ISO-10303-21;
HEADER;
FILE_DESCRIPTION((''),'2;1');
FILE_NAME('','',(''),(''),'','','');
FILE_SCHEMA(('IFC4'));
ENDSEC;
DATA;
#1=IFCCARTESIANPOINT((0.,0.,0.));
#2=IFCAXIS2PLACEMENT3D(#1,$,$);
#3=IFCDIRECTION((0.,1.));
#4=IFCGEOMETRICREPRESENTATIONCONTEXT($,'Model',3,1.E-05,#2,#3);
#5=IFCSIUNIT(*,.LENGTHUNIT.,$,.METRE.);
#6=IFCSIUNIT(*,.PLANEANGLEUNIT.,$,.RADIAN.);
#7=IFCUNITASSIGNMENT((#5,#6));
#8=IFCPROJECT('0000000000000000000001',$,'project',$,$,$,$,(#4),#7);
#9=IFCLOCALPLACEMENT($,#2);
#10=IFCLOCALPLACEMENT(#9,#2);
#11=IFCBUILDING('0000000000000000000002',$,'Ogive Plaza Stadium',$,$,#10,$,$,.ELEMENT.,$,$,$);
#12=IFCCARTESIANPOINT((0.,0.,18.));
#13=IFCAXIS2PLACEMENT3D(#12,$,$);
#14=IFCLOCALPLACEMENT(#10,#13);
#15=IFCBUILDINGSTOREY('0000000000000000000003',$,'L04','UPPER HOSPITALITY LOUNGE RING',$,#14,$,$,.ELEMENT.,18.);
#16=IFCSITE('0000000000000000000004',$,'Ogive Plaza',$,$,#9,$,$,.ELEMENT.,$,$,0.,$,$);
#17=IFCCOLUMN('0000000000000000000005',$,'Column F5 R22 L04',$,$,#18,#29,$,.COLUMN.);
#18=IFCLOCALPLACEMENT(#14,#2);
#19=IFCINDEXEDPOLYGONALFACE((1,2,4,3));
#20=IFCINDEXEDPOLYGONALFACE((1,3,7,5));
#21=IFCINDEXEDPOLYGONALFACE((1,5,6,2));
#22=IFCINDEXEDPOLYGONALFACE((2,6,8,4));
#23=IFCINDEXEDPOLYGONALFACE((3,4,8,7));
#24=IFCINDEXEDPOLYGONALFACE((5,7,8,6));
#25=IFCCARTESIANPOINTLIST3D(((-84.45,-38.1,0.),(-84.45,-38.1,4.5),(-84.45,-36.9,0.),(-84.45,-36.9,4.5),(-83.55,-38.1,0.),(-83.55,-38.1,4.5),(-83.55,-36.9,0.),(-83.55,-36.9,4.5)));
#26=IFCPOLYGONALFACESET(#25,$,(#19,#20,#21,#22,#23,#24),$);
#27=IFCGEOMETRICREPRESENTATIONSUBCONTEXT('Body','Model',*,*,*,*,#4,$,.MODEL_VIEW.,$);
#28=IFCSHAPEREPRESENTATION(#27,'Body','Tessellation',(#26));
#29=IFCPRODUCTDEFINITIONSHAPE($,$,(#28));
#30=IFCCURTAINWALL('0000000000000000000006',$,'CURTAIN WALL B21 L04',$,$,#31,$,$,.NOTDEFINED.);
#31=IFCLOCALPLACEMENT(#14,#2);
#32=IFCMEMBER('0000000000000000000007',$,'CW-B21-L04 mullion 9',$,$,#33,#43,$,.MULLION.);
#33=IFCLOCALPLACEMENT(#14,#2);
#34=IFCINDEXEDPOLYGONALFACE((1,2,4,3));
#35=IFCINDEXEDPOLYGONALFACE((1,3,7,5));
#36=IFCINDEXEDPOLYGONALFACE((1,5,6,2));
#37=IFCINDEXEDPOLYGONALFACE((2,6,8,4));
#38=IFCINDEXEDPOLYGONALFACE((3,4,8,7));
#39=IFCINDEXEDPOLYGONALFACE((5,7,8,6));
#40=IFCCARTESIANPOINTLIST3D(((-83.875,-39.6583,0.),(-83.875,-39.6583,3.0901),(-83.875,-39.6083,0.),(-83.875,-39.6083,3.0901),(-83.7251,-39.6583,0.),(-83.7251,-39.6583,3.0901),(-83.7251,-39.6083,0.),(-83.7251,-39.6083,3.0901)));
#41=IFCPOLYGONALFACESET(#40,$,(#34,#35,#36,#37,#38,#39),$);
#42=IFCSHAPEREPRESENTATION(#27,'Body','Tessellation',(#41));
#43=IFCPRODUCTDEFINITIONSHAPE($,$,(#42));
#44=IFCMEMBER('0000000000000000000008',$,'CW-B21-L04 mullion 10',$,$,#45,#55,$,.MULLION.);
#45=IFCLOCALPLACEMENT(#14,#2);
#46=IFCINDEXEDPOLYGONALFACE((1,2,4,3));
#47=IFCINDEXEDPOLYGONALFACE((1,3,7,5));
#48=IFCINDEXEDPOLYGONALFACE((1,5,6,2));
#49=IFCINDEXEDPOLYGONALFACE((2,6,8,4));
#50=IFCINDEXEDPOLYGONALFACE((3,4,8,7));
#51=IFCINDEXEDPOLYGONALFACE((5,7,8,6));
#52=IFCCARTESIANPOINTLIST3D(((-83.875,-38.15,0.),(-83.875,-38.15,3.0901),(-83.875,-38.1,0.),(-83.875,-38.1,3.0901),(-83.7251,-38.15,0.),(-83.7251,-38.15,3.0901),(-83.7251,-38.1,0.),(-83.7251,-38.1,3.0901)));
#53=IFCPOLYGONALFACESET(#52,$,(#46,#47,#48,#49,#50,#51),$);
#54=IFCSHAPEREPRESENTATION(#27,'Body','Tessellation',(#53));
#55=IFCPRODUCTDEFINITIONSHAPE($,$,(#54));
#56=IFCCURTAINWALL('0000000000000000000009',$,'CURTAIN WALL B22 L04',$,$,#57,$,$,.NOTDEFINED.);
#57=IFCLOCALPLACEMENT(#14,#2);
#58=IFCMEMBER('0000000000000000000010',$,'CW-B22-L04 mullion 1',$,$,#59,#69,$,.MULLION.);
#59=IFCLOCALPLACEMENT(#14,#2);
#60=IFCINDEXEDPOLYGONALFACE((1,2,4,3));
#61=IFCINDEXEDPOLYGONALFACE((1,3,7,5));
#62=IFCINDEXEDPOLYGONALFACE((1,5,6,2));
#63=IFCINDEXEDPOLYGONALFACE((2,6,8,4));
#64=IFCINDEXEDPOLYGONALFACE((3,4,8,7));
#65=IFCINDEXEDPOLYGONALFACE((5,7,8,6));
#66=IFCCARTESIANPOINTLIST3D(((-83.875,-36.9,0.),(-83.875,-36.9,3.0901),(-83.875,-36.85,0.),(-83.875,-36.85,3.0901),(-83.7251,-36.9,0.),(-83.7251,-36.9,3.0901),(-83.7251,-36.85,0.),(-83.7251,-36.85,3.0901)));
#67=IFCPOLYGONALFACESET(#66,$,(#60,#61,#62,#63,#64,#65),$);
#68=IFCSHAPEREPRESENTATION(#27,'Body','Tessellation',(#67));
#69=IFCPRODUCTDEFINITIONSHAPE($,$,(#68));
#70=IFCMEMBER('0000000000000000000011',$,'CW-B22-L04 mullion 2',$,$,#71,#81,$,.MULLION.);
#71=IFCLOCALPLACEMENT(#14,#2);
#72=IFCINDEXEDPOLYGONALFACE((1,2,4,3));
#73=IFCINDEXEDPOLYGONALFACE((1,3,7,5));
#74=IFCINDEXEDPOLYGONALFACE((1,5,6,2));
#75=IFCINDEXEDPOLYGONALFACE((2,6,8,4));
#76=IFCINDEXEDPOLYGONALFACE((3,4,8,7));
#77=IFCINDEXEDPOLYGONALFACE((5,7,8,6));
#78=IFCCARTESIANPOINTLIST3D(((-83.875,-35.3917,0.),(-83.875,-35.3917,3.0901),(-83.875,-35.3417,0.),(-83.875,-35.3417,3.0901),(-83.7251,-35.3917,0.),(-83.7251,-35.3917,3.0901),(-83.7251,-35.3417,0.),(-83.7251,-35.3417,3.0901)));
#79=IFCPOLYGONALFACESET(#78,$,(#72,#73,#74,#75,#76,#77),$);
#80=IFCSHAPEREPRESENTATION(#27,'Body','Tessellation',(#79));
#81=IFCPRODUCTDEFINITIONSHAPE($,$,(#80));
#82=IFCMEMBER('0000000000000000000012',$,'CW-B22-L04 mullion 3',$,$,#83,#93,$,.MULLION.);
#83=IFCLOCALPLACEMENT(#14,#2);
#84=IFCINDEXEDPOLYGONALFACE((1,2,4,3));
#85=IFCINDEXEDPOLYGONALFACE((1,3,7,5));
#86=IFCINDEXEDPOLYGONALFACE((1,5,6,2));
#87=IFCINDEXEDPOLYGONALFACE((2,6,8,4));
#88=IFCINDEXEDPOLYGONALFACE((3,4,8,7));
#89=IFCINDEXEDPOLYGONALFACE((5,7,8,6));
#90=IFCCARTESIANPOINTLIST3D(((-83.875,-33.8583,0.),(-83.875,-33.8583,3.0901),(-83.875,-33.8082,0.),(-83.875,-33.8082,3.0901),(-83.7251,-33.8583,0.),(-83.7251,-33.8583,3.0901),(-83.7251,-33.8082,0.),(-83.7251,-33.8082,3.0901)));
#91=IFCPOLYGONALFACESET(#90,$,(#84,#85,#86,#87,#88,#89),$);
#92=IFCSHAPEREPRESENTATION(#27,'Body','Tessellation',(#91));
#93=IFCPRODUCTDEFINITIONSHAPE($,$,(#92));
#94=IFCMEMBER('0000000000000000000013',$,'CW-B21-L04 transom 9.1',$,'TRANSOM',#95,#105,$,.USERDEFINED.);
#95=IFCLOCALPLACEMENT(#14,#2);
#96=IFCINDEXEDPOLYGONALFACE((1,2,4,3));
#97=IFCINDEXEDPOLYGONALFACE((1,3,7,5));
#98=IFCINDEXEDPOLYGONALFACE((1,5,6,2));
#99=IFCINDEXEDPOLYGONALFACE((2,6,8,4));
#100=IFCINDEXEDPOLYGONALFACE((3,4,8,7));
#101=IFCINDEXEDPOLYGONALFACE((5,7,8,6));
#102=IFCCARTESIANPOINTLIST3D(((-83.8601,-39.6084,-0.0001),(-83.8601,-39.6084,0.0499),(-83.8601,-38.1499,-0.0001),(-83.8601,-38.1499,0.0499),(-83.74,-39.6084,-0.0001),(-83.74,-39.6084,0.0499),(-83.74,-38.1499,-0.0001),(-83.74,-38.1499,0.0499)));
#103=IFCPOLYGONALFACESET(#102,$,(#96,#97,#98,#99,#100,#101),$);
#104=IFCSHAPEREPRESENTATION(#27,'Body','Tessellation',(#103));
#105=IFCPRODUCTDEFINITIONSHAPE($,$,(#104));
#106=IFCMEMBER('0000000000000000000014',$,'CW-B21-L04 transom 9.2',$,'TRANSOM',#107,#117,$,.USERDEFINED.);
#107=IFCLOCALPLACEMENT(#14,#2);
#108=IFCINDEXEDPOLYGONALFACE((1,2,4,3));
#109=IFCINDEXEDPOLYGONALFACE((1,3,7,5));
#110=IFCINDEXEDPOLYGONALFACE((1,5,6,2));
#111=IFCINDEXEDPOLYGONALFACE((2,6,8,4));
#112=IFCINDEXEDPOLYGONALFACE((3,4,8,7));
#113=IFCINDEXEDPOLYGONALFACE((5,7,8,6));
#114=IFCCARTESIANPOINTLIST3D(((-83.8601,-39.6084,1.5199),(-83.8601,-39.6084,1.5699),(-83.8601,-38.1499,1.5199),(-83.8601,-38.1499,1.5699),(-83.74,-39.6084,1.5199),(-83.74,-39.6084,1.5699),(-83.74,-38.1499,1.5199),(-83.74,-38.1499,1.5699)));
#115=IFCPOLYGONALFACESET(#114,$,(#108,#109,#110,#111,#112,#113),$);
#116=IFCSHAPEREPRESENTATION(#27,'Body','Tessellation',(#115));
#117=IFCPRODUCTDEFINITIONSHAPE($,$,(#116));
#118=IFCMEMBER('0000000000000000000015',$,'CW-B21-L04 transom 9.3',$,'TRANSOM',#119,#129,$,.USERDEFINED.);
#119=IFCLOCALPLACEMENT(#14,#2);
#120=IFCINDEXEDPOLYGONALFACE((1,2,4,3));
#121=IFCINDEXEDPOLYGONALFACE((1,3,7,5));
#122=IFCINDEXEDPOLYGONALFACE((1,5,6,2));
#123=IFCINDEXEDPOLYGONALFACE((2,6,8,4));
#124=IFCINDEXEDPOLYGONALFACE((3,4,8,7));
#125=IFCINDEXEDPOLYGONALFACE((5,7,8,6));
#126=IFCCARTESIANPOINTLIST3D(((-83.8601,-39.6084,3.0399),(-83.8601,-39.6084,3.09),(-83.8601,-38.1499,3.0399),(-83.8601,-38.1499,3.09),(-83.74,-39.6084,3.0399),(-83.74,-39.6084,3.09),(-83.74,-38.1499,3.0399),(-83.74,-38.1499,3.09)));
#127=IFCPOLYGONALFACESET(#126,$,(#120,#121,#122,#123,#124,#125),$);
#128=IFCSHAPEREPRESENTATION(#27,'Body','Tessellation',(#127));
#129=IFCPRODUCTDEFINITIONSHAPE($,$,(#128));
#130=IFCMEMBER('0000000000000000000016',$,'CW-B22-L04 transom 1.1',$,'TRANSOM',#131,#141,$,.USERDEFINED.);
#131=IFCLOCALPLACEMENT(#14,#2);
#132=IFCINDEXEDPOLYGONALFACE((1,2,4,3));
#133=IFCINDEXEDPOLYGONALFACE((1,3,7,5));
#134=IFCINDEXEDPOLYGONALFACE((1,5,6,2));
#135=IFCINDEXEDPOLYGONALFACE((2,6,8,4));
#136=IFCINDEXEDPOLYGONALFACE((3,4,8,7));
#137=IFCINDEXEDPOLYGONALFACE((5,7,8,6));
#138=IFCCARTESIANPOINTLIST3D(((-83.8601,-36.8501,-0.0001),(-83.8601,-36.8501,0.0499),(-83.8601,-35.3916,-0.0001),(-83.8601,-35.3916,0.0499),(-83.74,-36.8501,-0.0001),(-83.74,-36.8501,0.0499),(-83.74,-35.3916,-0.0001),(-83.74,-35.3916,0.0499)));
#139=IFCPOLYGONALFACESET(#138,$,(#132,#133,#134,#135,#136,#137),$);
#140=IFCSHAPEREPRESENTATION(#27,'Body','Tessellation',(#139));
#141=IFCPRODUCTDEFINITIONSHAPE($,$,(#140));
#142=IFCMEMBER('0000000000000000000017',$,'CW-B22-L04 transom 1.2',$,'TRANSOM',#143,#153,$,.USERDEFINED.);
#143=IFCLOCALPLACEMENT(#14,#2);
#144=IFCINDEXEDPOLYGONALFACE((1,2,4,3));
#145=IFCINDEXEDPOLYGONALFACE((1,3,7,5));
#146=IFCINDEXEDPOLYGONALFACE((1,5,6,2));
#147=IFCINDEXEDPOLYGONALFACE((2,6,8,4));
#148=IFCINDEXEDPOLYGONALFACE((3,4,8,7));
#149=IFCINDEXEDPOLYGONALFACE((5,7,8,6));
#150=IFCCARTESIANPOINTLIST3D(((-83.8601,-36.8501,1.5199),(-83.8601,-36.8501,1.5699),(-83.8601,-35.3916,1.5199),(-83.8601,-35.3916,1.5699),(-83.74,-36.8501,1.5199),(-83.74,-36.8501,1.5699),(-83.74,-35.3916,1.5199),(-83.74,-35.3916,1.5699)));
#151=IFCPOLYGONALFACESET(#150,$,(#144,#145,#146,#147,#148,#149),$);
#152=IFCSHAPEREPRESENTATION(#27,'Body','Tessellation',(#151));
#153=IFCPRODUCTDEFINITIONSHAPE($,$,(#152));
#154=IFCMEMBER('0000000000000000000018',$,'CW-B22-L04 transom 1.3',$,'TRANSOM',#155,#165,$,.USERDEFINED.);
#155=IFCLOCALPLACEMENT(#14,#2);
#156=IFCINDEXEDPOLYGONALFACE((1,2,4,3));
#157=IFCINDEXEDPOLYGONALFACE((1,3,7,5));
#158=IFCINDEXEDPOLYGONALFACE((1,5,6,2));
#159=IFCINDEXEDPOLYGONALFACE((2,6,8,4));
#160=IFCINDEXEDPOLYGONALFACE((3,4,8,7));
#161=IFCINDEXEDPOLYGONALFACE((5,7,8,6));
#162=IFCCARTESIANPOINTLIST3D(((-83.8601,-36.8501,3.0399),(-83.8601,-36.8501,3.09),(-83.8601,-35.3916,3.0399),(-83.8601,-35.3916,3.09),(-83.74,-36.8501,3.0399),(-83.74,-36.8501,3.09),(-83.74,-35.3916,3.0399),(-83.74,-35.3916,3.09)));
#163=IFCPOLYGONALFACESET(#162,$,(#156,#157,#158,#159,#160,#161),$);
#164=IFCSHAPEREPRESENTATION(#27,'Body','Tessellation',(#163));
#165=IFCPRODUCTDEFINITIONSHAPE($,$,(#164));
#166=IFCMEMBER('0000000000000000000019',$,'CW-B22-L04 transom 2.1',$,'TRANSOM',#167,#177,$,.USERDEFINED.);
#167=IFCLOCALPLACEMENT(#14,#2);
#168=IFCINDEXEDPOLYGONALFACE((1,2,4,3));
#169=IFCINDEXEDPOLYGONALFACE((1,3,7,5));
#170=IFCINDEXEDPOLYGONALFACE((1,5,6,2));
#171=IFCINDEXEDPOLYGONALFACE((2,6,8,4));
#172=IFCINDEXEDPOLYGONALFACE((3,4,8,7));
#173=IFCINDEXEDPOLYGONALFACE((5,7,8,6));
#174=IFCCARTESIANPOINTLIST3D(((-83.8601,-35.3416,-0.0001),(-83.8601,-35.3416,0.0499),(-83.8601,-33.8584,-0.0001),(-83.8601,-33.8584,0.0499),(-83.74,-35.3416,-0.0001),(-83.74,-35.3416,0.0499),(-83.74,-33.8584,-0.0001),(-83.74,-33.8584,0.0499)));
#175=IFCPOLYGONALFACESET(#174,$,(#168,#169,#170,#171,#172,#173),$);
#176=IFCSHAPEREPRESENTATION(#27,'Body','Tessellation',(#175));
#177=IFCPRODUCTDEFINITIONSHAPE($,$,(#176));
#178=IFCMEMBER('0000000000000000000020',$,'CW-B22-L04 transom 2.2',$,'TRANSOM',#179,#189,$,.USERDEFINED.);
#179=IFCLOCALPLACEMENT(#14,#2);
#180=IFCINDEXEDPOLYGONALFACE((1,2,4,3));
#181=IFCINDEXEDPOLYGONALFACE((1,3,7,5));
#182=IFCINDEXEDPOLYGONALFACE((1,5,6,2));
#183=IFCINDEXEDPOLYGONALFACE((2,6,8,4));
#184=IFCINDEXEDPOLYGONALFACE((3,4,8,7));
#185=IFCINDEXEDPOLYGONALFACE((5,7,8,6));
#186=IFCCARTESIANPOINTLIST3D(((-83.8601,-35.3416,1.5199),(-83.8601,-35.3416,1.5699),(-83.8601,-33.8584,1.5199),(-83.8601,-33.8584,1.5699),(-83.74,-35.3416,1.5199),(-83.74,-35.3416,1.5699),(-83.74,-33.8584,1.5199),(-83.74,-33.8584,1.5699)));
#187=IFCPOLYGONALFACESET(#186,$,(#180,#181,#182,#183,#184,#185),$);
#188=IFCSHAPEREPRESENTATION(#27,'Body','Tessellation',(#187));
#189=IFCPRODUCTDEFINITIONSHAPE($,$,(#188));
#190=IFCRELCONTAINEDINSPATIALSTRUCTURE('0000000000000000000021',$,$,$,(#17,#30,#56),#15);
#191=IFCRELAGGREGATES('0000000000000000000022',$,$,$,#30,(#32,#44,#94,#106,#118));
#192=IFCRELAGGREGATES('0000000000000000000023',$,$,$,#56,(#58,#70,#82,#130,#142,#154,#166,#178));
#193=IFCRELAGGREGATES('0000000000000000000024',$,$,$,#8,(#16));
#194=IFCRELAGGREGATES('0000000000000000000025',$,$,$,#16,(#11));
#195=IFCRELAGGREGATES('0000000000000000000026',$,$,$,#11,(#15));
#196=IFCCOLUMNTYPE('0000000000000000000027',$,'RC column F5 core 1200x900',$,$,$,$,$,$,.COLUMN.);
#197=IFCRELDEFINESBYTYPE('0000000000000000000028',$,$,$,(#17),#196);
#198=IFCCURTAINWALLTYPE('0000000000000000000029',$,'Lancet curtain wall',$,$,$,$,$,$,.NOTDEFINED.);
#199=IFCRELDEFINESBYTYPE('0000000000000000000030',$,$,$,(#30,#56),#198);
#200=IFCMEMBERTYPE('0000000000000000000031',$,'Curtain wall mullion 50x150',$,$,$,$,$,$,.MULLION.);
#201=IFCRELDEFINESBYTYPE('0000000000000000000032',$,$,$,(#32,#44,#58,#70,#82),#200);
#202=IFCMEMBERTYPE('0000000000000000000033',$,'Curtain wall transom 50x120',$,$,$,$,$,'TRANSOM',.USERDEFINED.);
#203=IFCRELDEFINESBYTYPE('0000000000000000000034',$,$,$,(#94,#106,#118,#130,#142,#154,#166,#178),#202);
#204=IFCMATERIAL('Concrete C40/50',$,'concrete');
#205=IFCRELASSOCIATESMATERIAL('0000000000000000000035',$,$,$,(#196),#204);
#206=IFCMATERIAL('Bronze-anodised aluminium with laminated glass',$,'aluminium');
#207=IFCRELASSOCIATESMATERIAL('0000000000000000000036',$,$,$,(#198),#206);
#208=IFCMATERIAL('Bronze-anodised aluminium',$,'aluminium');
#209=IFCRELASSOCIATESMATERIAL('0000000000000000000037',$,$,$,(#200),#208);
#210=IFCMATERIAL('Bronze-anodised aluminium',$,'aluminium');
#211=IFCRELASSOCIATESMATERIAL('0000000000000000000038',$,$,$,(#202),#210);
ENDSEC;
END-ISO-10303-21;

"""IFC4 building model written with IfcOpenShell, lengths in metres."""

from ifc_helpers import new_model, si_unit, direction, frame, origin, origin_2d, place, context, subcontext, project, spatial, rectangle, extrude, material, material_profile, profile_set, type_object, element, aggregate, save


model = new_model("IFC4")

# Units and contexts
model_context = context("Model", 3, precision=1e-05, world=origin(), true_north=direction((0.0, 1.0)))
body_context = subcontext(model_context, "Body", "Model", "MODEL_VIEW")
ifc_project = project(units=[si_unit("LENGTHUNIT", "METRE"), si_unit("PLANEANGLEUNIT", "RADIAN")], contexts=[model_context])

# Site, building, storey
site_placement = place(None, origin())
site = spatial("IfcSite", under=ifc_project, at=site_placement, Name="Ogive Plaza", CompositionType="ELEMENT", RefElevation=0.0)
building_placement = place(site_placement, origin())
building = spatial("IfcBuilding", under=site, at=building_placement, Name="Ogive Plaza Stadium", CompositionType="ELEMENT")
storey_placement = place(building_placement, frame((0.0, 0.0, 18.0)))
storey = spatial("IfcBuildingStorey", under=building, at=storey_placement, Name="L04", Description="UPPER HOSPITALITY LOUNGE RING", CompositionType="ELEMENT", Elevation=18.0)

# Column
ifc_material_1 = material(Name="Concrete C40/50", Category="concrete")
ifc_material_profile_1 = material_profile(ifc_material_1, rectangle(XDim=1.2, YDim=0.8999, at=origin_2d()), Name="RC 1200x900")
ifc_profile_set_1 = profile_set([ifc_material_profile_1], Name="Concrete C40/50")
column_type = type_object("IfcColumnType", Name="RC column F5 core 1200x900", PredefinedType="COLUMN", material=ifc_profile_set_1)
column_placement = place(storey_placement, frame((-84.0, -37.5, 0.0), z_axis=(0.0, 0.0, 1.0), x_axis=(0.0, -1.0, 0.0)))
element("IfcColumn", 1, at=column_placement, inside=storey, type_object=column_type, Name="Column F5 R22 L04", PredefinedType="COLUMN", context=body_context, shape_type="SweptSolid", body=[
    extrude(rectangle(XDim=1.2, YDim=0.8999, at=origin_2d()), origin(), (0.0, 0.0, 1.0), 4.5),
])

# Curtain walls, members
ifc_material_2 = material(Name="Bronze-anodised aluminium with laminated glass", Category="aluminium")
curtain_wall_type = type_object("IfcCurtainWallType", Name="Lancet curtain wall", PredefinedType="NOTDEFINED", material=ifc_material_2)
curtain_wall_1_placement = place(storey_placement, origin())
curtain_wall_1 = element("IfcCurtainWall", 2, at=curtain_wall_1_placement, inside=storey, type_object=curtain_wall_type, Name="CURTAIN WALL B21 L04", PredefinedType="NOTDEFINED")
ifc_material_3 = material(Name="Bronze-anodised aluminium", Category="aluminium")
ifc_material_profile_2 = material_profile(ifc_material_3, rectangle(XDim=0.1499, YDim=0.05, at=origin_2d()), Name="AL 150x50")
ifc_profile_set_2 = profile_set([ifc_material_profile_2], Name="Bronze-anodised aluminium")
member_type_1 = type_object("IfcMemberType", Name="Curtain wall mullion 50x150", PredefinedType="MULLION", material=ifc_profile_set_2)
member_1_placement = place(storey_placement, frame((-83.8, -39.6333, 0.0), z_axis=(0.0, 0.0, 1.0), x_axis=(-1.0, 0.0, 0.0)))
member_1 = element("IfcMember", 3, at=member_1_placement, type_object=member_type_1, Name="CW-B21-L04 mullion 9", PredefinedType="MULLION", context=body_context, shape_type="SweptSolid", body=[
    extrude(rectangle(XDim=0.1499, YDim=0.05, at=origin_2d()), origin(), (0.0, 0.0, 1.0), 3.0901),
])
member_2_placement = place(storey_placement, frame((-83.8, -38.125, 0.0), z_axis=(0.0, 0.0, 1.0), x_axis=(-1.0, 0.0, 0.0)))
member_2 = element("IfcMember", 4, at=member_2_placement, type_object=member_type_1, Name="CW-B21-L04 mullion 10", PredefinedType="MULLION", context=body_context, shape_type="SweptSolid", body=[
    extrude(rectangle(XDim=0.1499, YDim=0.05, at=origin_2d()), origin(), (0.0, 0.0, 1.0), 3.0901),
])
curtain_wall_2_placement = place(storey_placement, origin())
curtain_wall_2 = element("IfcCurtainWall", 5, at=curtain_wall_2_placement, inside=storey, type_object=curtain_wall_type, Name="CURTAIN WALL B22 L04", PredefinedType="NOTDEFINED")
member_3_placement = place(storey_placement, frame((-83.8, -36.875, 0.0), z_axis=(0.0, 0.0, 1.0), x_axis=(-1.0, 0.0, 0.0)))
member_3 = element("IfcMember", 6, at=member_3_placement, type_object=member_type_1, Name="CW-B22-L04 mullion 1", PredefinedType="MULLION", context=body_context, shape_type="SweptSolid", body=[
    extrude(rectangle(XDim=0.1499, YDim=0.05, at=origin_2d()), origin(), (0.0, 0.0, 1.0), 3.0901),
])
member_4_placement = place(storey_placement, frame((-83.8, -35.3667, 0.0), z_axis=(0.0, 0.0, 1.0), x_axis=(-1.0, 0.0, 0.0)))
member_4 = element("IfcMember", 7, at=member_4_placement, type_object=member_type_1, Name="CW-B22-L04 mullion 2", PredefinedType="MULLION", context=body_context, shape_type="SweptSolid", body=[
    extrude(rectangle(XDim=0.1499, YDim=0.05, at=origin_2d()), origin(), (0.0, 0.0, 1.0), 3.0901),
])
member_5_placement = place(storey_placement, frame((-83.8, -33.8333, 0.0), z_axis=(0.0, 0.0, 1.0), x_axis=(-1.0, 0.0, 0.0)))
member_5 = element("IfcMember", 8, at=member_5_placement, type_object=member_type_1, Name="CW-B22-L04 mullion 3", PredefinedType="MULLION", context=body_context, shape_type="SweptSolid", body=[
    extrude(rectangle(XDim=0.1499, YDim=0.05, at=origin_2d()), origin(), (0.0, 0.0, 1.0), 3.0901),
])

# Members
ifc_material_4 = material(Name="Bronze-anodised aluminium", Category="aluminium")
ifc_material_profile_3 = material_profile(ifc_material_4, rectangle(XDim=0.1201, YDim=0.05, at=origin_2d()), Name="AL 120x50")
ifc_profile_set_3 = profile_set([ifc_material_profile_3], Name="Bronze-anodised aluminium")
member_type_2 = type_object("IfcMemberType", Name="Curtain wall transom 50x120", ElementType="TRANSOM", PredefinedType="USERDEFINED", material=ifc_profile_set_3)
member_6_placement = place(storey_placement, frame((-83.8, -39.6084, 0.0249), z_axis=(0.0, 1.0, 0.0), x_axis=(-1.0, 0.0, 0.0)))
member_6 = element("IfcMember", 9, at=member_6_placement, type_object=member_type_2, Name="CW-B21-L04 transom 9.1", ObjectType="TRANSOM", PredefinedType="USERDEFINED", context=body_context, shape_type="SweptSolid", body=[
    extrude(rectangle(XDim=0.1201, YDim=0.05, at=origin_2d()), origin(), (0.0, 0.0, 1.0), 1.4585),
])
member_7_placement = place(storey_placement, frame((-83.8, -39.6084, 1.5449), z_axis=(0.0, 1.0, 0.0), x_axis=(-1.0, 0.0, 0.0)))
member_7 = element("IfcMember", 10, at=member_7_placement, type_object=member_type_2, Name="CW-B21-L04 transom 9.2", ObjectType="TRANSOM", PredefinedType="USERDEFINED", context=body_context, shape_type="SweptSolid", body=[
    extrude(rectangle(XDim=0.1201, YDim=0.05, at=origin_2d()), origin(), (0.0, 0.0, 1.0), 1.4585),
])
member_8_placement = place(storey_placement, frame((-83.8, -39.6084, 3.0649), z_axis=(0.0, 1.0, 0.0), x_axis=(-1.0, 0.0, 0.0)))
member_8 = element("IfcMember", 11, at=member_8_placement, type_object=member_type_2, Name="CW-B21-L04 transom 9.3", ObjectType="TRANSOM", PredefinedType="USERDEFINED", context=body_context, shape_type="SweptSolid", body=[
    extrude(rectangle(XDim=0.1201, YDim=0.05, at=origin_2d()), origin(), (0.0, 0.0, 1.0), 1.4585),
])
member_9_placement = place(storey_placement, frame((-83.8, -36.8501, 0.0249), z_axis=(0.0, 1.0, 0.0), x_axis=(-1.0, 0.0, 0.0)))
member_9 = element("IfcMember", 12, at=member_9_placement, type_object=member_type_2, Name="CW-B22-L04 transom 1.1", ObjectType="TRANSOM", PredefinedType="USERDEFINED", context=body_context, shape_type="SweptSolid", body=[
    extrude(rectangle(XDim=0.1201, YDim=0.05, at=origin_2d()), origin(), (0.0, 0.0, 1.0), 1.4585),
])
member_10_placement = place(storey_placement, frame((-83.8, -36.8501, 1.5449), z_axis=(0.0, 1.0, 0.0), x_axis=(-1.0, 0.0, 0.0)))
member_10 = element("IfcMember", 13, at=member_10_placement, type_object=member_type_2, Name="CW-B22-L04 transom 1.2", ObjectType="TRANSOM", PredefinedType="USERDEFINED", context=body_context, shape_type="SweptSolid", body=[
    extrude(rectangle(XDim=0.1201, YDim=0.05, at=origin_2d()), origin(), (0.0, 0.0, 1.0), 1.4585),
])
member_11_placement = place(storey_placement, frame((-83.8, -36.8501, 3.0649), z_axis=(0.0, 1.0, 0.0), x_axis=(-1.0, 0.0, 0.0)))
member_11 = element("IfcMember", 14, at=member_11_placement, type_object=member_type_2, Name="CW-B22-L04 transom 1.3", ObjectType="TRANSOM", PredefinedType="USERDEFINED", context=body_context, shape_type="SweptSolid", body=[
    extrude(rectangle(XDim=0.1201, YDim=0.05, at=origin_2d()), origin(), (0.0, 0.0, 1.0), 1.4585),
])
member_12_placement = place(storey_placement, frame((-83.8, -35.3416, 0.0249), z_axis=(0.0, 1.0, 0.0), x_axis=(-1.0, 0.0, 0.0)))
member_12 = element("IfcMember", 15, at=member_12_placement, type_object=member_type_2, Name="CW-B22-L04 transom 2.1", ObjectType="TRANSOM", PredefinedType="USERDEFINED", context=body_context, shape_type="SweptSolid", body=[
    extrude(rectangle(XDim=0.1201, YDim=0.05, at=origin_2d()), origin(), (0.0, 0.0, 1.0), 1.4832),
])
member_13_placement = place(storey_placement, frame((-83.8, -35.3416, 1.5449), z_axis=(0.0, 1.0, 0.0), x_axis=(-1.0, 0.0, 0.0)))
member_13 = element("IfcMember", 16, at=member_13_placement, type_object=member_type_2, Name="CW-B22-L04 transom 2.2", ObjectType="TRANSOM", PredefinedType="USERDEFINED", context=body_context, shape_type="SweptSolid", body=[
    extrude(rectangle(XDim=0.1201, YDim=0.05, at=origin_2d()), origin(), (0.0, 0.0, 1.0), 1.4832),
])

aggregate(curtain_wall_1, [member_1, member_2, member_6, member_7, member_8])
aggregate(curtain_wall_2, [member_3, member_4, member_5, member_9, member_10, member_11, member_12, member_13])

save(model, "model.ifc")
